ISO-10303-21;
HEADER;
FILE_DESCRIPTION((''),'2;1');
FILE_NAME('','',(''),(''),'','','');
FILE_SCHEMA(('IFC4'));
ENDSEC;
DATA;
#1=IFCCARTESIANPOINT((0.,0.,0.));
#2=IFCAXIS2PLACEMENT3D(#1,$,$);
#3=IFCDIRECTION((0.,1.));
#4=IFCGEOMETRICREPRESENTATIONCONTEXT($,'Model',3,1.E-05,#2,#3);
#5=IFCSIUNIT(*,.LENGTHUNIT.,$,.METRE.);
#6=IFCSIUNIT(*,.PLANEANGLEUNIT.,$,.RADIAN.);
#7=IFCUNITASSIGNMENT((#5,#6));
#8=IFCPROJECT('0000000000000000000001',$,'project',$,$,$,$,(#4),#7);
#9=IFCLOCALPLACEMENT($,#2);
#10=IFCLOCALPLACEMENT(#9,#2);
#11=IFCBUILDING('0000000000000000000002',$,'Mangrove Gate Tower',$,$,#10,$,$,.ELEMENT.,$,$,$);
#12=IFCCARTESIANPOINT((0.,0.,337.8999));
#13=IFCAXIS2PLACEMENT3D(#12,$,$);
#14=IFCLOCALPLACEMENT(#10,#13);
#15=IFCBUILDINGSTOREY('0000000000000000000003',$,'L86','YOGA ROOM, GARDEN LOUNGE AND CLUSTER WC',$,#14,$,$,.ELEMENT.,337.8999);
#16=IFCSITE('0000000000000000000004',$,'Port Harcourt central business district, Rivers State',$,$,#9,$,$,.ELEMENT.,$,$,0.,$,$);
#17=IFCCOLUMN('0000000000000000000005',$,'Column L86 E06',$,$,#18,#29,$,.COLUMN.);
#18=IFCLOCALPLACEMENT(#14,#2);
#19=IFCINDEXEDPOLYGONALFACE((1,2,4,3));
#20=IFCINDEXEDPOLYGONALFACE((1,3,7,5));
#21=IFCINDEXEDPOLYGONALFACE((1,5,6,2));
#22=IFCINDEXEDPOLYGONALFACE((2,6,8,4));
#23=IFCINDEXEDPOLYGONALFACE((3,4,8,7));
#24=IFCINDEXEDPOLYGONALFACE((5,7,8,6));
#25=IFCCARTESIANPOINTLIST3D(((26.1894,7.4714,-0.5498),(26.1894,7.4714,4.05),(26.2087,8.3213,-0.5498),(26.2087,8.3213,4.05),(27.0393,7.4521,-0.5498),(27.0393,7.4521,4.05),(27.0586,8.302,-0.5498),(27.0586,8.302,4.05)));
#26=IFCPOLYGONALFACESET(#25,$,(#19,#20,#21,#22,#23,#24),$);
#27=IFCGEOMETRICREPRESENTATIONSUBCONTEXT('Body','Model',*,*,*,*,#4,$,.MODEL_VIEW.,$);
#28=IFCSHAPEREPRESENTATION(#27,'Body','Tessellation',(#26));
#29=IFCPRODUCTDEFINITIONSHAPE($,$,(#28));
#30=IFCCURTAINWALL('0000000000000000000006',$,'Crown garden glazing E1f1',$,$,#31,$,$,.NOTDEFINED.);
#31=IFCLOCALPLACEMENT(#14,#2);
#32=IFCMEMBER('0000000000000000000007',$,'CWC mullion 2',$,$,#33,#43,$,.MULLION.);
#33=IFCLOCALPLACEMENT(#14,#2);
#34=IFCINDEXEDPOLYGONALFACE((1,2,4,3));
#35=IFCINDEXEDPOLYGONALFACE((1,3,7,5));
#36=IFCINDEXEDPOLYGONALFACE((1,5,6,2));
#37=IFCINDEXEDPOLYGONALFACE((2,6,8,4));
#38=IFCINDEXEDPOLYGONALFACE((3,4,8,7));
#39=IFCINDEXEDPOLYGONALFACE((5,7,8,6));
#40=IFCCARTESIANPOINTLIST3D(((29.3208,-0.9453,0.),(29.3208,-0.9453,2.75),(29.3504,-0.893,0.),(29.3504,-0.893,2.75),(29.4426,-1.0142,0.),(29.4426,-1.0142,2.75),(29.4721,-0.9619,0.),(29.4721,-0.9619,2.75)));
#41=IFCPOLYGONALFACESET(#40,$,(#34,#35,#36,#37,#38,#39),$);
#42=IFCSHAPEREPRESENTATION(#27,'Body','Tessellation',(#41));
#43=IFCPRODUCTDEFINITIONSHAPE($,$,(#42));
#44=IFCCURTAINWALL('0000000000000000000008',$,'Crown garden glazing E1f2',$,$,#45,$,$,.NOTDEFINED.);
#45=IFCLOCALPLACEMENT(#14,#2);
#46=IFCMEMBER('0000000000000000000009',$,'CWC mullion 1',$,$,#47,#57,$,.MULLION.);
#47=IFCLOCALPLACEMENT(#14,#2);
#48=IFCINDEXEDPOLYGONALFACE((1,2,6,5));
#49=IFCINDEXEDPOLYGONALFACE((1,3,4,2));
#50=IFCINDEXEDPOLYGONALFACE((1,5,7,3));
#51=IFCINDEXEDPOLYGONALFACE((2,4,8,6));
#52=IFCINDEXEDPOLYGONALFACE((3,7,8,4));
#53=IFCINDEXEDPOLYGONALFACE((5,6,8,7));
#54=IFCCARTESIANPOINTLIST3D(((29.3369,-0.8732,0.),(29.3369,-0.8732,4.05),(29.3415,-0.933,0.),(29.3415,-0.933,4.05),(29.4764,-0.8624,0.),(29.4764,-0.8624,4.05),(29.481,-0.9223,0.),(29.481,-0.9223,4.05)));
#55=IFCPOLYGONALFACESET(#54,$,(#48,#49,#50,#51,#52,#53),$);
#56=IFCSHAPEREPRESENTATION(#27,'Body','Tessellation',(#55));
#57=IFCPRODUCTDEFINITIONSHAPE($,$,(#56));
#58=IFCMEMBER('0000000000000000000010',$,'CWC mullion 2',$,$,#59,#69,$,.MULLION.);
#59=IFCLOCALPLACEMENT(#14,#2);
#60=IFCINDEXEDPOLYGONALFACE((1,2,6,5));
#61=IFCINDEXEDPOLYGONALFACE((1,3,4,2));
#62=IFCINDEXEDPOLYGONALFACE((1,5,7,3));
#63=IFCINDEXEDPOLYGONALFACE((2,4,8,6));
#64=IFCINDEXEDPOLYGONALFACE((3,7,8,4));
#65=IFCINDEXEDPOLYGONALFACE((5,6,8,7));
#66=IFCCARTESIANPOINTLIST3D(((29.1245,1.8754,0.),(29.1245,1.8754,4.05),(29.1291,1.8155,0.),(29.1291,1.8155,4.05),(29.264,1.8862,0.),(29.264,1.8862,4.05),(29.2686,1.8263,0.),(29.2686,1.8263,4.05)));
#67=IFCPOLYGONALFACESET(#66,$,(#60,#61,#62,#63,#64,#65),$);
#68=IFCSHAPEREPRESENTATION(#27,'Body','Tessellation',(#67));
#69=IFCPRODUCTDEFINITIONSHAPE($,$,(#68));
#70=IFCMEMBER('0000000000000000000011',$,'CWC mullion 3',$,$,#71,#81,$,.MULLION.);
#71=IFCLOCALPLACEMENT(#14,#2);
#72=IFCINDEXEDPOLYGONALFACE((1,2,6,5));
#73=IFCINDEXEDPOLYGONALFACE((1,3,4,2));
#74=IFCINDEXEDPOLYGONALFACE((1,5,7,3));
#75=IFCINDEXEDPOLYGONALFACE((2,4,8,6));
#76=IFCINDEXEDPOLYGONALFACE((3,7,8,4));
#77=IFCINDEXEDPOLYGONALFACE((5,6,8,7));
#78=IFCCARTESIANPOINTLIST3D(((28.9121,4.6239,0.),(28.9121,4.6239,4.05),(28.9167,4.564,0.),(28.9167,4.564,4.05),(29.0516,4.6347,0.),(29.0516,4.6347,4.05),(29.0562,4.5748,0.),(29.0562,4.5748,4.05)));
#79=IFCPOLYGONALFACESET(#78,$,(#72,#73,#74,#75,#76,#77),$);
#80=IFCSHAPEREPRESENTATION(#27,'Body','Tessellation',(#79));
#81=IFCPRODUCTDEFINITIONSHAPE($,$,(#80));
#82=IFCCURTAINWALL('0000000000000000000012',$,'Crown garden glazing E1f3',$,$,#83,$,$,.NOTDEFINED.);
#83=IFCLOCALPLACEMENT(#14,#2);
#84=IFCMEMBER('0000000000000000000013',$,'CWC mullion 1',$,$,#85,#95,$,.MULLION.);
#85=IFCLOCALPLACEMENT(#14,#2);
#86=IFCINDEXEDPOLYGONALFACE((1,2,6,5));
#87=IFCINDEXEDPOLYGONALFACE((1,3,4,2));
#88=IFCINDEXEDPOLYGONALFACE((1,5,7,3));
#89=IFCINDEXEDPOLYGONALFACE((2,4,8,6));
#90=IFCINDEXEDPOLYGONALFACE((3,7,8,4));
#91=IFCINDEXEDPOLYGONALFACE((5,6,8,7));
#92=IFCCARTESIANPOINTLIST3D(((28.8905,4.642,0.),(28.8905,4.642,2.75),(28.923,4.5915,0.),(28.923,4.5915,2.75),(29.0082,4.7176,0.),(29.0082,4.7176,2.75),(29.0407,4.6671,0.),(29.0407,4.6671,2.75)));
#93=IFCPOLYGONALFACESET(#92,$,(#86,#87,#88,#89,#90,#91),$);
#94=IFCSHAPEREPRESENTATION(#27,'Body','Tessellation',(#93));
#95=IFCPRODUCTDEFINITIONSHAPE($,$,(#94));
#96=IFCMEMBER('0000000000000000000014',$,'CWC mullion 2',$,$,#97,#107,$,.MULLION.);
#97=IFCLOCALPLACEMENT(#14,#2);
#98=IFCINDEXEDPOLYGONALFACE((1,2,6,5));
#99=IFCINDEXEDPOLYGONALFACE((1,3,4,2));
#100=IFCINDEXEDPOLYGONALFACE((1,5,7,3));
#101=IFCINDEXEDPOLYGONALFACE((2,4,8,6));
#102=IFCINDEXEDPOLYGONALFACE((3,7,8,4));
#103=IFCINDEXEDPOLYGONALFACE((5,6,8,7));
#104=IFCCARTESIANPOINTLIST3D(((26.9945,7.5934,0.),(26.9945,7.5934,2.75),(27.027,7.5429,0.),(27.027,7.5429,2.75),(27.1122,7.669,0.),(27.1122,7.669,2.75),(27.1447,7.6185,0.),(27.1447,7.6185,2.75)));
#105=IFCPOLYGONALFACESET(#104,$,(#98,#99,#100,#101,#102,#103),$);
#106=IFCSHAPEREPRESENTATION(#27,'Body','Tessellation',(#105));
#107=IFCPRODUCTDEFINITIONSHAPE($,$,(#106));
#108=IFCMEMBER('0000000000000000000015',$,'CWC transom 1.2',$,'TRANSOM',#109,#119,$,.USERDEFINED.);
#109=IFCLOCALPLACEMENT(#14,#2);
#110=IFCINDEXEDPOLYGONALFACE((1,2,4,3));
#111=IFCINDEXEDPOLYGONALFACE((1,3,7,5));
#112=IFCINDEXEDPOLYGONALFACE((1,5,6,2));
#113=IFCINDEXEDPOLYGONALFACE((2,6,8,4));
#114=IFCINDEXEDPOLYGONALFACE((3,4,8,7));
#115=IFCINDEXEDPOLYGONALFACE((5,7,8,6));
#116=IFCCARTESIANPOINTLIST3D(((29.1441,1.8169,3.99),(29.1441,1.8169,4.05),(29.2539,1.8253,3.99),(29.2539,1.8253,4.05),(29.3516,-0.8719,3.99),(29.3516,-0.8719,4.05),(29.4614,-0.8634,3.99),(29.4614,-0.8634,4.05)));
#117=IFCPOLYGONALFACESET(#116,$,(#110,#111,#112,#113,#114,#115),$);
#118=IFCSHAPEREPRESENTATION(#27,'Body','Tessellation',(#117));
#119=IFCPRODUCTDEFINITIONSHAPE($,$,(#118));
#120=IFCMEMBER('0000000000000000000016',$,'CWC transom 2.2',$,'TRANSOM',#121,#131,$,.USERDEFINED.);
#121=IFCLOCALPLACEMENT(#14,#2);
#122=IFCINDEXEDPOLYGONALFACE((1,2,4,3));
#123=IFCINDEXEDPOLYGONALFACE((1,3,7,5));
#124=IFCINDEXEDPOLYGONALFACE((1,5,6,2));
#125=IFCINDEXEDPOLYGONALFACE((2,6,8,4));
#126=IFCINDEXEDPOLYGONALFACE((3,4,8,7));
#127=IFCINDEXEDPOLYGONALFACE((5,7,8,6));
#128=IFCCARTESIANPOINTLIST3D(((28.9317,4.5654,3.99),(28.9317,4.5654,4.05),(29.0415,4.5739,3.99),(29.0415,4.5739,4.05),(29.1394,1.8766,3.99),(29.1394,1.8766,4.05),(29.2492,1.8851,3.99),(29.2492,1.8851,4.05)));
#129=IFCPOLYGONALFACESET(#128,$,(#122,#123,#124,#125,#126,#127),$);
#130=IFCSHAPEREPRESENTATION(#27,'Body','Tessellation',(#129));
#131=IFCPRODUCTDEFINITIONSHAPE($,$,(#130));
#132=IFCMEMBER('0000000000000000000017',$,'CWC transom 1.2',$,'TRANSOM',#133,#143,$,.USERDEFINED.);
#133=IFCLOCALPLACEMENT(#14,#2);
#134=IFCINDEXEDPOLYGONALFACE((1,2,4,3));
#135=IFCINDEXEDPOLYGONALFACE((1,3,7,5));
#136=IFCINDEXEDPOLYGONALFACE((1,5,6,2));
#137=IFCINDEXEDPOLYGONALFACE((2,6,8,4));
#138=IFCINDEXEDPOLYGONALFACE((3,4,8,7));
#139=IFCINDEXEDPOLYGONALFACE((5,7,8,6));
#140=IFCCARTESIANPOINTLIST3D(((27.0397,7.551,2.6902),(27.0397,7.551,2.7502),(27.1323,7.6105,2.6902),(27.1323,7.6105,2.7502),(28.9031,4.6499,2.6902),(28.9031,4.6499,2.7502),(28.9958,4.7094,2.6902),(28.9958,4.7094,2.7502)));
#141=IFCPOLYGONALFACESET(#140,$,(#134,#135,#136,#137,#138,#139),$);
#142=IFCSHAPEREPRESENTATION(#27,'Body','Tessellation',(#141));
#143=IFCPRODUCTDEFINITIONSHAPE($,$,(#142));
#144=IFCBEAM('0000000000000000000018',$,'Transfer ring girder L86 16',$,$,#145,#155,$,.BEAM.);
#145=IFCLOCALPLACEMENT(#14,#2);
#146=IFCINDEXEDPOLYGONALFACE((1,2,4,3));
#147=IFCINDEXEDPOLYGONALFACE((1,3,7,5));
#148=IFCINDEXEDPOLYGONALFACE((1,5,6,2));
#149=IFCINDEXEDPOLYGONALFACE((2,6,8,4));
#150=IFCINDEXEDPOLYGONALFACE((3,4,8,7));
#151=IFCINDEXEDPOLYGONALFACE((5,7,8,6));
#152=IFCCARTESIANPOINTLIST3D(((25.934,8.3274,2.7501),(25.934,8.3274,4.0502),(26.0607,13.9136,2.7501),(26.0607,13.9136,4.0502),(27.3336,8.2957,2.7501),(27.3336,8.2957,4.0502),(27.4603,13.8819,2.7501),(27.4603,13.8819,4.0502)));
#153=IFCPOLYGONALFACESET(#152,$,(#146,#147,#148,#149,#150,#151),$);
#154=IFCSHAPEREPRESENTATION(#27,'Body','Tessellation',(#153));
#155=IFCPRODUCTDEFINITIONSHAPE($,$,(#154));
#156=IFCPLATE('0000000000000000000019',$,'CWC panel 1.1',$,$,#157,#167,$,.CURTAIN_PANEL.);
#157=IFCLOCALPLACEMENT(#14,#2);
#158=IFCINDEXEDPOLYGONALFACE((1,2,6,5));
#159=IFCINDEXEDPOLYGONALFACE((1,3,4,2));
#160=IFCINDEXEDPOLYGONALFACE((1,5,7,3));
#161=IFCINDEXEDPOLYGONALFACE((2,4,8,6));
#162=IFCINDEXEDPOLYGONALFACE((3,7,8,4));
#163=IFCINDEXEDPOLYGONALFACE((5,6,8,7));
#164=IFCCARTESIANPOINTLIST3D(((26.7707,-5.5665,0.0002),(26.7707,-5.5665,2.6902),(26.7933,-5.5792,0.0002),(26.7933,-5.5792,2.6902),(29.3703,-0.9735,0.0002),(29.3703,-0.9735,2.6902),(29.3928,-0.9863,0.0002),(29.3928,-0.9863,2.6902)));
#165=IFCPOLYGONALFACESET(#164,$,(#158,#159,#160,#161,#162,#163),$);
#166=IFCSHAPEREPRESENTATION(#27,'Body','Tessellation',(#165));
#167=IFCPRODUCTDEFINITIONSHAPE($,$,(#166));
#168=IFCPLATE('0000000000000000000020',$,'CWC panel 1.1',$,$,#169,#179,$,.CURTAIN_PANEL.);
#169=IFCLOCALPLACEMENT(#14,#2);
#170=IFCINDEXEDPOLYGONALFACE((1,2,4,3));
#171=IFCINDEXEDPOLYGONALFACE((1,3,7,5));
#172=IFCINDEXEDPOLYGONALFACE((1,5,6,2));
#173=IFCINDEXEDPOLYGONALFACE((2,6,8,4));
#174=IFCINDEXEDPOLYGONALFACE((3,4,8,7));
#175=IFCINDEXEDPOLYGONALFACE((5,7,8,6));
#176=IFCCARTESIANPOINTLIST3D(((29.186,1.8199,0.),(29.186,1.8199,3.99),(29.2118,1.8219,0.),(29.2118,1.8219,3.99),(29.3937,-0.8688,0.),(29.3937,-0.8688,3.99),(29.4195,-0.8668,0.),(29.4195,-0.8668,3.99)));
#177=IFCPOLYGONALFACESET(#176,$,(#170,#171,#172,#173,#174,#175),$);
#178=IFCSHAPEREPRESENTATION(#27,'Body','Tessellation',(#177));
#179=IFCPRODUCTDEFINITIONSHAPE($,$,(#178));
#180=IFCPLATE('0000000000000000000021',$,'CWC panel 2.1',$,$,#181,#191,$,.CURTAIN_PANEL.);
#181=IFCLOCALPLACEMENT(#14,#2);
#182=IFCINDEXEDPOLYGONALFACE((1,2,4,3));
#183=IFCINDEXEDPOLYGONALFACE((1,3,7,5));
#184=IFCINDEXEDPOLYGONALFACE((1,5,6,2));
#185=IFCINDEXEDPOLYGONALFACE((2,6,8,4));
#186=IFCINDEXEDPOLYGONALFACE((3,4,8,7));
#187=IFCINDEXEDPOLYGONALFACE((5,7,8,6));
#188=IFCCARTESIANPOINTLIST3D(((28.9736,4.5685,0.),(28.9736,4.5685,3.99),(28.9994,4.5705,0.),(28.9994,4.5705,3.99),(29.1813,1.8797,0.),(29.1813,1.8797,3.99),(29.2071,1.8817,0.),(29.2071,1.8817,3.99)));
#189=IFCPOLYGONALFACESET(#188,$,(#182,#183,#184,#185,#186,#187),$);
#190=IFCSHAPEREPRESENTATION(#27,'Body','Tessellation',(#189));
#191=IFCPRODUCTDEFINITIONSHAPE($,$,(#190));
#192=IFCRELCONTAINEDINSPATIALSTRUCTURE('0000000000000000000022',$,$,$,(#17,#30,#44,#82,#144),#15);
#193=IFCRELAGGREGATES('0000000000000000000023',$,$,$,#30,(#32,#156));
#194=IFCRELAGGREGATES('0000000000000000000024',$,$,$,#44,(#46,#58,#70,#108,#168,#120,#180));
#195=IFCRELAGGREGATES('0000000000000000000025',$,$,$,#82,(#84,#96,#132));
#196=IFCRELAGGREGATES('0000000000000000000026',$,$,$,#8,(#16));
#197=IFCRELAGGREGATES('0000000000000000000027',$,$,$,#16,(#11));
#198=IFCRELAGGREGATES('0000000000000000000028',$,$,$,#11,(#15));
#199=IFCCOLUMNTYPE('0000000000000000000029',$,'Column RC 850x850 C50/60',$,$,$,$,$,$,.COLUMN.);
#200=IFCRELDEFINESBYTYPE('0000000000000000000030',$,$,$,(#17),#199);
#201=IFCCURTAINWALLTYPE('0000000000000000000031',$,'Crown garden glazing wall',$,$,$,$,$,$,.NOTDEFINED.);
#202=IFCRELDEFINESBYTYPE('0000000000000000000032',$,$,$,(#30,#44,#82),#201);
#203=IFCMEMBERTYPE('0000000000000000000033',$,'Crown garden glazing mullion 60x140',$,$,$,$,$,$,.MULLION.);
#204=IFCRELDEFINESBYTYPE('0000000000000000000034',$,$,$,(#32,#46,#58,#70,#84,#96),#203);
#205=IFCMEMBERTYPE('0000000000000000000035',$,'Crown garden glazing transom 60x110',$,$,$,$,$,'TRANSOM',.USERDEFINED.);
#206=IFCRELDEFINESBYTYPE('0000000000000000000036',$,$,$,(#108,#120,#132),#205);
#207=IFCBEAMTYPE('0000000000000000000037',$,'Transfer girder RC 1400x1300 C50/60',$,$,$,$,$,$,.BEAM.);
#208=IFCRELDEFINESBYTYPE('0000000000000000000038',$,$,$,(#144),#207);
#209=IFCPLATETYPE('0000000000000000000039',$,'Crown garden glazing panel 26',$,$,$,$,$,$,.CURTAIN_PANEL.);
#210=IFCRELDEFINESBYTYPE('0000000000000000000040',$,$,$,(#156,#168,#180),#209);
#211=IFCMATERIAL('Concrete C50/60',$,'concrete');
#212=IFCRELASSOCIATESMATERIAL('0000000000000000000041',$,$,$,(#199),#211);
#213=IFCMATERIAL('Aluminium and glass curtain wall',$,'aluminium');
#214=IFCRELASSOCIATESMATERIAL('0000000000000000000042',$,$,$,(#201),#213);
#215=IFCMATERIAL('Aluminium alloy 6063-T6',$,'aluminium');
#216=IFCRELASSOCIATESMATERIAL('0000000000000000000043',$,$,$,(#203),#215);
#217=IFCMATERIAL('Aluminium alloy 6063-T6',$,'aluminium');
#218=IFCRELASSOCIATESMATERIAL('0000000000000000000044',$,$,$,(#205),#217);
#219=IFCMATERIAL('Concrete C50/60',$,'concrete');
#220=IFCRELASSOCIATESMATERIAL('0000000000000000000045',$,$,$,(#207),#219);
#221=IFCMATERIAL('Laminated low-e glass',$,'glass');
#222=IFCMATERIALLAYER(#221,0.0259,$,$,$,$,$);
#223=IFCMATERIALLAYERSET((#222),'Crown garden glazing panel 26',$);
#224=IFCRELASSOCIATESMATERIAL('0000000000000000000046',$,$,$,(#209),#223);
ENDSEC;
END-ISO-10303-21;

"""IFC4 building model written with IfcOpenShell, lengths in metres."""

from ifc_helpers import new_model, si_unit, direction, frame, origin, origin_2d, place, context, subcontext, project, spatial, rectangle, extrude, material, layer, layer_set, material_profile, profile_set, type_object, element, aggregate, save


model = new_model("IFC4")

# Units and contexts
model_context = context("Model", 3, precision=1e-05, world=origin(), true_north=direction((0.0, 1.0)))
body_context = subcontext(model_context, "Body", "Model", "MODEL_VIEW")
ifc_project = project(units=[si_unit("LENGTHUNIT", "METRE"), si_unit("PLANEANGLEUNIT", "RADIAN")], contexts=[model_context])

# Site, building, storey
site_placement = place(None, origin())
site = spatial("IfcSite", under=ifc_project, at=site_placement, Name="Port Harcourt central business district, Rivers State", CompositionType="ELEMENT", RefElevation=0.0)
building_placement = place(site_placement, origin())
building = spatial("IfcBuilding", under=site, at=building_placement, Name="Mangrove Gate Tower", CompositionType="ELEMENT")
storey_placement = place(building_placement, frame((0.0, 0.0, 337.8999)))
storey = spatial("IfcBuildingStorey", under=building, at=storey_placement, Name="L86", Description="YOGA ROOM, GARDEN LOUNGE AND CLUSTER WC", CompositionType="ELEMENT", Elevation=337.8999)

# Column
ifc_material_1 = material(Name="Concrete C50/60", Category="concrete")
ifc_material_profile_1 = material_profile(ifc_material_1, rectangle(XDim=0.8501, YDim=0.8501, at=origin_2d()))
ifc_profile_set_1 = profile_set([ifc_material_profile_1], Name="Concrete C50/60")
column_type = type_object("IfcColumnType", Name="Column RC 850x850 C50/60", PredefinedType="COLUMN", material=ifc_profile_set_1)
column_placement = place(storey_placement, frame((26.624, 7.8867, -0.5498), z_axis=(0.0, 0.0, 1.0), x_axis=(0.022687, 0.999743, 0.0)))
element("IfcColumn", 1, at=column_placement, inside=storey, type_object=column_type, Name="Column L86 E06", PredefinedType="COLUMN", context=body_context, shape_type="SweptSolid", body=[
    extrude(rectangle(XDim=0.8501, YDim=0.8501, at=origin_2d()), origin(), (0.0, 0.0, 1.0), 4.5999),
])

# Curtain wall, member
ifc_material_2 = material(Name="Aluminium and glass curtain wall", Category="aluminium")
curtain_wall_type = type_object("IfcCurtainWallType", Name="Crown garden glazing wall", PredefinedType="NOTDEFINED", material=ifc_material_2)
curtain_wall_1_placement = place(storey_placement, origin())
curtain_wall_1 = element("IfcCurtainWall", 2, at=curtain_wall_1_placement, inside=storey, type_object=curtain_wall_type, Name="Crown garden glazing E1f1", PredefinedType="NOTDEFINED")
ifc_material_3 = material(Name="Aluminium alloy 6063-T6", Category="aluminium")
ifc_material_profile_2 = material_profile(ifc_material_3, rectangle(XDim=0.0601, YDim=0.1399, at=origin_2d()))
ifc_profile_set_2 = profile_set([ifc_material_profile_2], Name="Aluminium alloy 6063-T6")
member_type_1 = type_object("IfcMemberType", Name="Crown garden glazing mullion 60x140", PredefinedType="MULLION", material=ifc_profile_set_2)
member_1_placement = place(storey_placement, frame((29.3965, -0.9536, 0.0), z_axis=(0.0, 0.0, 1.0), x_axis=(0.492566, 0.870275, 0.0)))
member_1 = element("IfcMember", 3, at=member_1_placement, type_object=member_type_1, Name="CWC mullion 2", PredefinedType="MULLION", context=body_context, shape_type="SweptSolid", body=[
    extrude(rectangle(XDim=0.0601, YDim=0.1399, at=origin_2d()), origin(), (0.0, 0.0, 1.0), 2.75),
])

# Curtain walls, members
curtain_wall_2_placement = place(storey_placement, origin())
curtain_wall_2 = element("IfcCurtainWall", 4, at=curtain_wall_2_placement, inside=storey, type_object=curtain_wall_type, Name="Crown garden glazing E1f2", PredefinedType="NOTDEFINED")
member_2_placement = place(storey_placement, frame((29.4089, -0.8977, 0.0), z_axis=(0.0, 0.0, 1.0), x_axis=(-0.077023, 0.997029, 0.0)))
member_2 = element("IfcMember", 5, at=member_2_placement, type_object=member_type_1, Name="CWC mullion 1", PredefinedType="MULLION", context=body_context, shape_type="SweptSolid", body=[
    extrude(rectangle(XDim=0.0601, YDim=0.1399, at=origin_2d()), origin(), (0.0, 0.0, 1.0), 4.05),
])
member_3_placement = place(storey_placement, frame((29.1965, 1.8508, 0.0), z_axis=(0.0, 0.0, 1.0), x_axis=(-0.077023, 0.997029, 0.0)))
member_3 = element("IfcMember", 6, at=member_3_placement, type_object=member_type_1, Name="CWC mullion 2", PredefinedType="MULLION", context=body_context, shape_type="SweptSolid", body=[
    extrude(rectangle(XDim=0.0601, YDim=0.1399, at=origin_2d()), origin(), (0.0, 0.0, 1.0), 4.05),
])
member_4_placement = place(storey_placement, frame((28.9841, 4.5994, 0.0), z_axis=(0.0, 0.0, 1.0), x_axis=(-0.077023, 0.997029, 0.0)))
member_4 = element("IfcMember", 7, at=member_4_placement, type_object=member_type_1, Name="CWC mullion 3", PredefinedType="MULLION", context=body_context, shape_type="SweptSolid", body=[
    extrude(rectangle(XDim=0.0601, YDim=0.1399, at=origin_2d()), origin(), (0.0, 0.0, 1.0), 4.05),
])
curtain_wall_3_placement = place(storey_placement, origin())
curtain_wall_3 = element("IfcCurtainWall", 8, at=curtain_wall_3_placement, inside=storey, type_object=curtain_wall_type, Name="Crown garden glazing E1f3", PredefinedType="NOTDEFINED")
member_5_placement = place(storey_placement, frame((28.9656, 4.6545, 0.0), z_axis=(0.0, 0.0, 1.0), x_axis=(-0.540496, 0.841346, 0.0)))
member_5 = element("IfcMember", 9, at=member_5_placement, type_object=member_type_1, Name="CWC mullion 1", PredefinedType="MULLION", context=body_context, shape_type="SweptSolid", body=[
    extrude(rectangle(XDim=0.0601, YDim=0.1399, at=origin_2d()), origin(), (0.0, 0.0, 1.0), 2.75),
])
member_6_placement = place(storey_placement, frame((27.0696, 7.606, 0.0), z_axis=(0.0, 0.0, 1.0), x_axis=(-0.540496, 0.841346, 0.0)))
member_6 = element("IfcMember", 10, at=member_6_placement, type_object=member_type_1, Name="CWC mullion 2", PredefinedType="MULLION", context=body_context, shape_type="SweptSolid", body=[
    extrude(rectangle(XDim=0.0601, YDim=0.1399, at=origin_2d()), origin(), (0.0, 0.0, 1.0), 2.75),
])

# Members
ifc_material_4 = material(Name="Aluminium alloy 6063-T6", Category="aluminium")
ifc_material_profile_3 = material_profile(ifc_material_4, rectangle(XDim=0.0601, YDim=0.1101, at=origin_2d()))
ifc_profile_set_3 = profile_set([ifc_material_profile_3], Name="Aluminium alloy 6063-T6")
member_type_2 = type_object("IfcMemberType", Name="Crown garden glazing transom 60x110", ElementType="TRANSOM", PredefinedType="USERDEFINED", material=ifc_profile_set_3)
member_7_placement = place(storey_placement, frame((29.4065, -0.8677, 4.02), z_axis=(-0.076953, 0.997035, 0.0), x_axis=(0.0, 0.0, 1.0)))
member_7 = element("IfcMember", 11, at=member_7_placement, type_object=member_type_2, Name="CWC transom 1.2", ObjectType="TRANSOM", PredefinedType="USERDEFINED", context=body_context, shape_type="SweptSolid", body=[
    extrude(rectangle(XDim=0.0601, YDim=0.1101, at=origin_2d()), origin(), (0.0, 0.0, 1.0), 2.6968),
])
member_8_placement = place(storey_placement, frame((29.1943, 1.8809, 4.02), z_axis=(-0.077043, 0.997028, 0.0), x_axis=(0.0, 0.0, 1.0)))
member_8 = element("IfcMember", 12, at=member_8_placement, type_object=member_type_2, Name="CWC transom 2.2", ObjectType="TRANSOM", PredefinedType="USERDEFINED", context=body_context, shape_type="SweptSolid", body=[
    extrude(rectangle(XDim=0.0601, YDim=0.1101, at=origin_2d()), origin(), (0.0, 0.0, 1.0), 2.6968),
])
member_9_placement = place(storey_placement, frame((28.9495, 4.6797, 2.7202), z_axis=(-0.540453, 0.841374, 0.0), x_axis=(0.0, 0.0, 1.0)))
member_9 = element("IfcMember", 13, at=member_9_placement, type_object=member_type_2, Name="CWC transom 1.2", ObjectType="TRANSOM", PredefinedType="USERDEFINED", context=body_context, shape_type="SweptSolid", body=[
    extrude(rectangle(XDim=0.0601, YDim=0.1101, at=origin_2d()), origin(), (0.0, 0.0, 1.0), 3.448),
])

# Beam
ifc_material_5 = material(Name="Concrete C50/60", Category="concrete")
ifc_material_profile_4 = material_profile(ifc_material_5, rectangle(XDim=1.3999, YDim=1.3, at=origin_2d()))
ifc_profile_set_4 = profile_set([ifc_material_profile_4], Name="Concrete C50/60")
beam_type = type_object("IfcBeamType", Name="Transfer girder RC 1400x1300 C50/60", PredefinedType="BEAM", material=ifc_profile_set_4)
beam_placement = place(storey_placement, frame((26.6338, 8.3115, 3.4001), z_axis=(0.022677, 0.999743, 0.0), x_axis=(-0.999743, 0.022677, 0.0)))
element("IfcBeam", 14, at=beam_placement, inside=storey, type_object=beam_type, Name="Transfer ring girder L86 16", PredefinedType="BEAM", context=body_context, shape_type="SweptSolid", body=[
    extrude(rectangle(XDim=1.3999, YDim=1.3, at=origin_2d()), origin(), (0.0, 0.0, 1.0), 5.5876),
])

# Plates
ifc_material_6 = material(Name="Laminated low-e glass", Category="glass")
ifc_layer_1 = layer(ifc_material_6, 0.0259)
ifc_layer_set_1 = layer_set([ifc_layer_1], Name="Crown garden glazing panel 26")
plate_type = type_object("IfcPlateType", Name="Crown garden glazing panel 26", PredefinedType="CURTAIN_PANEL", material=ifc_layer_set_1)
plate_1_placement = place(storey_placement, frame((28.0818, -3.2764, 0.0002), z_axis=(0.0, 0.0, 1.0), x_axis=(0.492566, 0.870275, 0.0)))
plate_1 = element("IfcPlate", 15, at=plate_1_placement, type_object=plate_type, Name="CWC panel 1.1", PredefinedType="CURTAIN_PANEL", context=body_context, shape_type="SweptSolid", body=[
    extrude(rectangle(XDim=5.2776, YDim=0.0259, at=origin_2d()), origin(), (0.0, 0.0, 1.0), 2.6899),
])
aggregate(curtain_wall_1, [member_1, plate_1])
plate_2_placement = place(storey_placement, frame((29.3027, 0.4766, 0.0), z_axis=(0.0, 0.0, 1.0), x_axis=(-0.077023, 0.997029, 0.0)))
plate_2 = element("IfcPlate", 16, at=plate_2_placement, type_object=plate_type, Name="CWC panel 1.1", PredefinedType="CURTAIN_PANEL", context=body_context, shape_type="SweptSolid", body=[
    extrude(rectangle(XDim=2.6968, YDim=0.0259, at=origin_2d()), origin(), (0.0, 0.0, 1.0), 3.99),
])
plate_3_placement = place(storey_placement, frame((29.0903, 3.2251, 0.0), z_axis=(0.0, 0.0, 1.0), x_axis=(-0.077023, 0.997029, 0.0)))
plate_3 = element("IfcPlate", 17, at=plate_3_placement, type_object=plate_type, Name="CWC panel 2.1", PredefinedType="CURTAIN_PANEL", context=body_context, shape_type="SweptSolid", body=[
    extrude(rectangle(XDim=2.6968, YDim=0.0259, at=origin_2d()), origin(), (0.0, 0.0, 1.0), 3.99),
])
aggregate(curtain_wall_2, [member_2, member_3, member_4, member_7, plate_2, member_8, plate_3])
aggregate(curtain_wall_3, [member_5, member_6, member_9])

save(model, "model.ifc")
